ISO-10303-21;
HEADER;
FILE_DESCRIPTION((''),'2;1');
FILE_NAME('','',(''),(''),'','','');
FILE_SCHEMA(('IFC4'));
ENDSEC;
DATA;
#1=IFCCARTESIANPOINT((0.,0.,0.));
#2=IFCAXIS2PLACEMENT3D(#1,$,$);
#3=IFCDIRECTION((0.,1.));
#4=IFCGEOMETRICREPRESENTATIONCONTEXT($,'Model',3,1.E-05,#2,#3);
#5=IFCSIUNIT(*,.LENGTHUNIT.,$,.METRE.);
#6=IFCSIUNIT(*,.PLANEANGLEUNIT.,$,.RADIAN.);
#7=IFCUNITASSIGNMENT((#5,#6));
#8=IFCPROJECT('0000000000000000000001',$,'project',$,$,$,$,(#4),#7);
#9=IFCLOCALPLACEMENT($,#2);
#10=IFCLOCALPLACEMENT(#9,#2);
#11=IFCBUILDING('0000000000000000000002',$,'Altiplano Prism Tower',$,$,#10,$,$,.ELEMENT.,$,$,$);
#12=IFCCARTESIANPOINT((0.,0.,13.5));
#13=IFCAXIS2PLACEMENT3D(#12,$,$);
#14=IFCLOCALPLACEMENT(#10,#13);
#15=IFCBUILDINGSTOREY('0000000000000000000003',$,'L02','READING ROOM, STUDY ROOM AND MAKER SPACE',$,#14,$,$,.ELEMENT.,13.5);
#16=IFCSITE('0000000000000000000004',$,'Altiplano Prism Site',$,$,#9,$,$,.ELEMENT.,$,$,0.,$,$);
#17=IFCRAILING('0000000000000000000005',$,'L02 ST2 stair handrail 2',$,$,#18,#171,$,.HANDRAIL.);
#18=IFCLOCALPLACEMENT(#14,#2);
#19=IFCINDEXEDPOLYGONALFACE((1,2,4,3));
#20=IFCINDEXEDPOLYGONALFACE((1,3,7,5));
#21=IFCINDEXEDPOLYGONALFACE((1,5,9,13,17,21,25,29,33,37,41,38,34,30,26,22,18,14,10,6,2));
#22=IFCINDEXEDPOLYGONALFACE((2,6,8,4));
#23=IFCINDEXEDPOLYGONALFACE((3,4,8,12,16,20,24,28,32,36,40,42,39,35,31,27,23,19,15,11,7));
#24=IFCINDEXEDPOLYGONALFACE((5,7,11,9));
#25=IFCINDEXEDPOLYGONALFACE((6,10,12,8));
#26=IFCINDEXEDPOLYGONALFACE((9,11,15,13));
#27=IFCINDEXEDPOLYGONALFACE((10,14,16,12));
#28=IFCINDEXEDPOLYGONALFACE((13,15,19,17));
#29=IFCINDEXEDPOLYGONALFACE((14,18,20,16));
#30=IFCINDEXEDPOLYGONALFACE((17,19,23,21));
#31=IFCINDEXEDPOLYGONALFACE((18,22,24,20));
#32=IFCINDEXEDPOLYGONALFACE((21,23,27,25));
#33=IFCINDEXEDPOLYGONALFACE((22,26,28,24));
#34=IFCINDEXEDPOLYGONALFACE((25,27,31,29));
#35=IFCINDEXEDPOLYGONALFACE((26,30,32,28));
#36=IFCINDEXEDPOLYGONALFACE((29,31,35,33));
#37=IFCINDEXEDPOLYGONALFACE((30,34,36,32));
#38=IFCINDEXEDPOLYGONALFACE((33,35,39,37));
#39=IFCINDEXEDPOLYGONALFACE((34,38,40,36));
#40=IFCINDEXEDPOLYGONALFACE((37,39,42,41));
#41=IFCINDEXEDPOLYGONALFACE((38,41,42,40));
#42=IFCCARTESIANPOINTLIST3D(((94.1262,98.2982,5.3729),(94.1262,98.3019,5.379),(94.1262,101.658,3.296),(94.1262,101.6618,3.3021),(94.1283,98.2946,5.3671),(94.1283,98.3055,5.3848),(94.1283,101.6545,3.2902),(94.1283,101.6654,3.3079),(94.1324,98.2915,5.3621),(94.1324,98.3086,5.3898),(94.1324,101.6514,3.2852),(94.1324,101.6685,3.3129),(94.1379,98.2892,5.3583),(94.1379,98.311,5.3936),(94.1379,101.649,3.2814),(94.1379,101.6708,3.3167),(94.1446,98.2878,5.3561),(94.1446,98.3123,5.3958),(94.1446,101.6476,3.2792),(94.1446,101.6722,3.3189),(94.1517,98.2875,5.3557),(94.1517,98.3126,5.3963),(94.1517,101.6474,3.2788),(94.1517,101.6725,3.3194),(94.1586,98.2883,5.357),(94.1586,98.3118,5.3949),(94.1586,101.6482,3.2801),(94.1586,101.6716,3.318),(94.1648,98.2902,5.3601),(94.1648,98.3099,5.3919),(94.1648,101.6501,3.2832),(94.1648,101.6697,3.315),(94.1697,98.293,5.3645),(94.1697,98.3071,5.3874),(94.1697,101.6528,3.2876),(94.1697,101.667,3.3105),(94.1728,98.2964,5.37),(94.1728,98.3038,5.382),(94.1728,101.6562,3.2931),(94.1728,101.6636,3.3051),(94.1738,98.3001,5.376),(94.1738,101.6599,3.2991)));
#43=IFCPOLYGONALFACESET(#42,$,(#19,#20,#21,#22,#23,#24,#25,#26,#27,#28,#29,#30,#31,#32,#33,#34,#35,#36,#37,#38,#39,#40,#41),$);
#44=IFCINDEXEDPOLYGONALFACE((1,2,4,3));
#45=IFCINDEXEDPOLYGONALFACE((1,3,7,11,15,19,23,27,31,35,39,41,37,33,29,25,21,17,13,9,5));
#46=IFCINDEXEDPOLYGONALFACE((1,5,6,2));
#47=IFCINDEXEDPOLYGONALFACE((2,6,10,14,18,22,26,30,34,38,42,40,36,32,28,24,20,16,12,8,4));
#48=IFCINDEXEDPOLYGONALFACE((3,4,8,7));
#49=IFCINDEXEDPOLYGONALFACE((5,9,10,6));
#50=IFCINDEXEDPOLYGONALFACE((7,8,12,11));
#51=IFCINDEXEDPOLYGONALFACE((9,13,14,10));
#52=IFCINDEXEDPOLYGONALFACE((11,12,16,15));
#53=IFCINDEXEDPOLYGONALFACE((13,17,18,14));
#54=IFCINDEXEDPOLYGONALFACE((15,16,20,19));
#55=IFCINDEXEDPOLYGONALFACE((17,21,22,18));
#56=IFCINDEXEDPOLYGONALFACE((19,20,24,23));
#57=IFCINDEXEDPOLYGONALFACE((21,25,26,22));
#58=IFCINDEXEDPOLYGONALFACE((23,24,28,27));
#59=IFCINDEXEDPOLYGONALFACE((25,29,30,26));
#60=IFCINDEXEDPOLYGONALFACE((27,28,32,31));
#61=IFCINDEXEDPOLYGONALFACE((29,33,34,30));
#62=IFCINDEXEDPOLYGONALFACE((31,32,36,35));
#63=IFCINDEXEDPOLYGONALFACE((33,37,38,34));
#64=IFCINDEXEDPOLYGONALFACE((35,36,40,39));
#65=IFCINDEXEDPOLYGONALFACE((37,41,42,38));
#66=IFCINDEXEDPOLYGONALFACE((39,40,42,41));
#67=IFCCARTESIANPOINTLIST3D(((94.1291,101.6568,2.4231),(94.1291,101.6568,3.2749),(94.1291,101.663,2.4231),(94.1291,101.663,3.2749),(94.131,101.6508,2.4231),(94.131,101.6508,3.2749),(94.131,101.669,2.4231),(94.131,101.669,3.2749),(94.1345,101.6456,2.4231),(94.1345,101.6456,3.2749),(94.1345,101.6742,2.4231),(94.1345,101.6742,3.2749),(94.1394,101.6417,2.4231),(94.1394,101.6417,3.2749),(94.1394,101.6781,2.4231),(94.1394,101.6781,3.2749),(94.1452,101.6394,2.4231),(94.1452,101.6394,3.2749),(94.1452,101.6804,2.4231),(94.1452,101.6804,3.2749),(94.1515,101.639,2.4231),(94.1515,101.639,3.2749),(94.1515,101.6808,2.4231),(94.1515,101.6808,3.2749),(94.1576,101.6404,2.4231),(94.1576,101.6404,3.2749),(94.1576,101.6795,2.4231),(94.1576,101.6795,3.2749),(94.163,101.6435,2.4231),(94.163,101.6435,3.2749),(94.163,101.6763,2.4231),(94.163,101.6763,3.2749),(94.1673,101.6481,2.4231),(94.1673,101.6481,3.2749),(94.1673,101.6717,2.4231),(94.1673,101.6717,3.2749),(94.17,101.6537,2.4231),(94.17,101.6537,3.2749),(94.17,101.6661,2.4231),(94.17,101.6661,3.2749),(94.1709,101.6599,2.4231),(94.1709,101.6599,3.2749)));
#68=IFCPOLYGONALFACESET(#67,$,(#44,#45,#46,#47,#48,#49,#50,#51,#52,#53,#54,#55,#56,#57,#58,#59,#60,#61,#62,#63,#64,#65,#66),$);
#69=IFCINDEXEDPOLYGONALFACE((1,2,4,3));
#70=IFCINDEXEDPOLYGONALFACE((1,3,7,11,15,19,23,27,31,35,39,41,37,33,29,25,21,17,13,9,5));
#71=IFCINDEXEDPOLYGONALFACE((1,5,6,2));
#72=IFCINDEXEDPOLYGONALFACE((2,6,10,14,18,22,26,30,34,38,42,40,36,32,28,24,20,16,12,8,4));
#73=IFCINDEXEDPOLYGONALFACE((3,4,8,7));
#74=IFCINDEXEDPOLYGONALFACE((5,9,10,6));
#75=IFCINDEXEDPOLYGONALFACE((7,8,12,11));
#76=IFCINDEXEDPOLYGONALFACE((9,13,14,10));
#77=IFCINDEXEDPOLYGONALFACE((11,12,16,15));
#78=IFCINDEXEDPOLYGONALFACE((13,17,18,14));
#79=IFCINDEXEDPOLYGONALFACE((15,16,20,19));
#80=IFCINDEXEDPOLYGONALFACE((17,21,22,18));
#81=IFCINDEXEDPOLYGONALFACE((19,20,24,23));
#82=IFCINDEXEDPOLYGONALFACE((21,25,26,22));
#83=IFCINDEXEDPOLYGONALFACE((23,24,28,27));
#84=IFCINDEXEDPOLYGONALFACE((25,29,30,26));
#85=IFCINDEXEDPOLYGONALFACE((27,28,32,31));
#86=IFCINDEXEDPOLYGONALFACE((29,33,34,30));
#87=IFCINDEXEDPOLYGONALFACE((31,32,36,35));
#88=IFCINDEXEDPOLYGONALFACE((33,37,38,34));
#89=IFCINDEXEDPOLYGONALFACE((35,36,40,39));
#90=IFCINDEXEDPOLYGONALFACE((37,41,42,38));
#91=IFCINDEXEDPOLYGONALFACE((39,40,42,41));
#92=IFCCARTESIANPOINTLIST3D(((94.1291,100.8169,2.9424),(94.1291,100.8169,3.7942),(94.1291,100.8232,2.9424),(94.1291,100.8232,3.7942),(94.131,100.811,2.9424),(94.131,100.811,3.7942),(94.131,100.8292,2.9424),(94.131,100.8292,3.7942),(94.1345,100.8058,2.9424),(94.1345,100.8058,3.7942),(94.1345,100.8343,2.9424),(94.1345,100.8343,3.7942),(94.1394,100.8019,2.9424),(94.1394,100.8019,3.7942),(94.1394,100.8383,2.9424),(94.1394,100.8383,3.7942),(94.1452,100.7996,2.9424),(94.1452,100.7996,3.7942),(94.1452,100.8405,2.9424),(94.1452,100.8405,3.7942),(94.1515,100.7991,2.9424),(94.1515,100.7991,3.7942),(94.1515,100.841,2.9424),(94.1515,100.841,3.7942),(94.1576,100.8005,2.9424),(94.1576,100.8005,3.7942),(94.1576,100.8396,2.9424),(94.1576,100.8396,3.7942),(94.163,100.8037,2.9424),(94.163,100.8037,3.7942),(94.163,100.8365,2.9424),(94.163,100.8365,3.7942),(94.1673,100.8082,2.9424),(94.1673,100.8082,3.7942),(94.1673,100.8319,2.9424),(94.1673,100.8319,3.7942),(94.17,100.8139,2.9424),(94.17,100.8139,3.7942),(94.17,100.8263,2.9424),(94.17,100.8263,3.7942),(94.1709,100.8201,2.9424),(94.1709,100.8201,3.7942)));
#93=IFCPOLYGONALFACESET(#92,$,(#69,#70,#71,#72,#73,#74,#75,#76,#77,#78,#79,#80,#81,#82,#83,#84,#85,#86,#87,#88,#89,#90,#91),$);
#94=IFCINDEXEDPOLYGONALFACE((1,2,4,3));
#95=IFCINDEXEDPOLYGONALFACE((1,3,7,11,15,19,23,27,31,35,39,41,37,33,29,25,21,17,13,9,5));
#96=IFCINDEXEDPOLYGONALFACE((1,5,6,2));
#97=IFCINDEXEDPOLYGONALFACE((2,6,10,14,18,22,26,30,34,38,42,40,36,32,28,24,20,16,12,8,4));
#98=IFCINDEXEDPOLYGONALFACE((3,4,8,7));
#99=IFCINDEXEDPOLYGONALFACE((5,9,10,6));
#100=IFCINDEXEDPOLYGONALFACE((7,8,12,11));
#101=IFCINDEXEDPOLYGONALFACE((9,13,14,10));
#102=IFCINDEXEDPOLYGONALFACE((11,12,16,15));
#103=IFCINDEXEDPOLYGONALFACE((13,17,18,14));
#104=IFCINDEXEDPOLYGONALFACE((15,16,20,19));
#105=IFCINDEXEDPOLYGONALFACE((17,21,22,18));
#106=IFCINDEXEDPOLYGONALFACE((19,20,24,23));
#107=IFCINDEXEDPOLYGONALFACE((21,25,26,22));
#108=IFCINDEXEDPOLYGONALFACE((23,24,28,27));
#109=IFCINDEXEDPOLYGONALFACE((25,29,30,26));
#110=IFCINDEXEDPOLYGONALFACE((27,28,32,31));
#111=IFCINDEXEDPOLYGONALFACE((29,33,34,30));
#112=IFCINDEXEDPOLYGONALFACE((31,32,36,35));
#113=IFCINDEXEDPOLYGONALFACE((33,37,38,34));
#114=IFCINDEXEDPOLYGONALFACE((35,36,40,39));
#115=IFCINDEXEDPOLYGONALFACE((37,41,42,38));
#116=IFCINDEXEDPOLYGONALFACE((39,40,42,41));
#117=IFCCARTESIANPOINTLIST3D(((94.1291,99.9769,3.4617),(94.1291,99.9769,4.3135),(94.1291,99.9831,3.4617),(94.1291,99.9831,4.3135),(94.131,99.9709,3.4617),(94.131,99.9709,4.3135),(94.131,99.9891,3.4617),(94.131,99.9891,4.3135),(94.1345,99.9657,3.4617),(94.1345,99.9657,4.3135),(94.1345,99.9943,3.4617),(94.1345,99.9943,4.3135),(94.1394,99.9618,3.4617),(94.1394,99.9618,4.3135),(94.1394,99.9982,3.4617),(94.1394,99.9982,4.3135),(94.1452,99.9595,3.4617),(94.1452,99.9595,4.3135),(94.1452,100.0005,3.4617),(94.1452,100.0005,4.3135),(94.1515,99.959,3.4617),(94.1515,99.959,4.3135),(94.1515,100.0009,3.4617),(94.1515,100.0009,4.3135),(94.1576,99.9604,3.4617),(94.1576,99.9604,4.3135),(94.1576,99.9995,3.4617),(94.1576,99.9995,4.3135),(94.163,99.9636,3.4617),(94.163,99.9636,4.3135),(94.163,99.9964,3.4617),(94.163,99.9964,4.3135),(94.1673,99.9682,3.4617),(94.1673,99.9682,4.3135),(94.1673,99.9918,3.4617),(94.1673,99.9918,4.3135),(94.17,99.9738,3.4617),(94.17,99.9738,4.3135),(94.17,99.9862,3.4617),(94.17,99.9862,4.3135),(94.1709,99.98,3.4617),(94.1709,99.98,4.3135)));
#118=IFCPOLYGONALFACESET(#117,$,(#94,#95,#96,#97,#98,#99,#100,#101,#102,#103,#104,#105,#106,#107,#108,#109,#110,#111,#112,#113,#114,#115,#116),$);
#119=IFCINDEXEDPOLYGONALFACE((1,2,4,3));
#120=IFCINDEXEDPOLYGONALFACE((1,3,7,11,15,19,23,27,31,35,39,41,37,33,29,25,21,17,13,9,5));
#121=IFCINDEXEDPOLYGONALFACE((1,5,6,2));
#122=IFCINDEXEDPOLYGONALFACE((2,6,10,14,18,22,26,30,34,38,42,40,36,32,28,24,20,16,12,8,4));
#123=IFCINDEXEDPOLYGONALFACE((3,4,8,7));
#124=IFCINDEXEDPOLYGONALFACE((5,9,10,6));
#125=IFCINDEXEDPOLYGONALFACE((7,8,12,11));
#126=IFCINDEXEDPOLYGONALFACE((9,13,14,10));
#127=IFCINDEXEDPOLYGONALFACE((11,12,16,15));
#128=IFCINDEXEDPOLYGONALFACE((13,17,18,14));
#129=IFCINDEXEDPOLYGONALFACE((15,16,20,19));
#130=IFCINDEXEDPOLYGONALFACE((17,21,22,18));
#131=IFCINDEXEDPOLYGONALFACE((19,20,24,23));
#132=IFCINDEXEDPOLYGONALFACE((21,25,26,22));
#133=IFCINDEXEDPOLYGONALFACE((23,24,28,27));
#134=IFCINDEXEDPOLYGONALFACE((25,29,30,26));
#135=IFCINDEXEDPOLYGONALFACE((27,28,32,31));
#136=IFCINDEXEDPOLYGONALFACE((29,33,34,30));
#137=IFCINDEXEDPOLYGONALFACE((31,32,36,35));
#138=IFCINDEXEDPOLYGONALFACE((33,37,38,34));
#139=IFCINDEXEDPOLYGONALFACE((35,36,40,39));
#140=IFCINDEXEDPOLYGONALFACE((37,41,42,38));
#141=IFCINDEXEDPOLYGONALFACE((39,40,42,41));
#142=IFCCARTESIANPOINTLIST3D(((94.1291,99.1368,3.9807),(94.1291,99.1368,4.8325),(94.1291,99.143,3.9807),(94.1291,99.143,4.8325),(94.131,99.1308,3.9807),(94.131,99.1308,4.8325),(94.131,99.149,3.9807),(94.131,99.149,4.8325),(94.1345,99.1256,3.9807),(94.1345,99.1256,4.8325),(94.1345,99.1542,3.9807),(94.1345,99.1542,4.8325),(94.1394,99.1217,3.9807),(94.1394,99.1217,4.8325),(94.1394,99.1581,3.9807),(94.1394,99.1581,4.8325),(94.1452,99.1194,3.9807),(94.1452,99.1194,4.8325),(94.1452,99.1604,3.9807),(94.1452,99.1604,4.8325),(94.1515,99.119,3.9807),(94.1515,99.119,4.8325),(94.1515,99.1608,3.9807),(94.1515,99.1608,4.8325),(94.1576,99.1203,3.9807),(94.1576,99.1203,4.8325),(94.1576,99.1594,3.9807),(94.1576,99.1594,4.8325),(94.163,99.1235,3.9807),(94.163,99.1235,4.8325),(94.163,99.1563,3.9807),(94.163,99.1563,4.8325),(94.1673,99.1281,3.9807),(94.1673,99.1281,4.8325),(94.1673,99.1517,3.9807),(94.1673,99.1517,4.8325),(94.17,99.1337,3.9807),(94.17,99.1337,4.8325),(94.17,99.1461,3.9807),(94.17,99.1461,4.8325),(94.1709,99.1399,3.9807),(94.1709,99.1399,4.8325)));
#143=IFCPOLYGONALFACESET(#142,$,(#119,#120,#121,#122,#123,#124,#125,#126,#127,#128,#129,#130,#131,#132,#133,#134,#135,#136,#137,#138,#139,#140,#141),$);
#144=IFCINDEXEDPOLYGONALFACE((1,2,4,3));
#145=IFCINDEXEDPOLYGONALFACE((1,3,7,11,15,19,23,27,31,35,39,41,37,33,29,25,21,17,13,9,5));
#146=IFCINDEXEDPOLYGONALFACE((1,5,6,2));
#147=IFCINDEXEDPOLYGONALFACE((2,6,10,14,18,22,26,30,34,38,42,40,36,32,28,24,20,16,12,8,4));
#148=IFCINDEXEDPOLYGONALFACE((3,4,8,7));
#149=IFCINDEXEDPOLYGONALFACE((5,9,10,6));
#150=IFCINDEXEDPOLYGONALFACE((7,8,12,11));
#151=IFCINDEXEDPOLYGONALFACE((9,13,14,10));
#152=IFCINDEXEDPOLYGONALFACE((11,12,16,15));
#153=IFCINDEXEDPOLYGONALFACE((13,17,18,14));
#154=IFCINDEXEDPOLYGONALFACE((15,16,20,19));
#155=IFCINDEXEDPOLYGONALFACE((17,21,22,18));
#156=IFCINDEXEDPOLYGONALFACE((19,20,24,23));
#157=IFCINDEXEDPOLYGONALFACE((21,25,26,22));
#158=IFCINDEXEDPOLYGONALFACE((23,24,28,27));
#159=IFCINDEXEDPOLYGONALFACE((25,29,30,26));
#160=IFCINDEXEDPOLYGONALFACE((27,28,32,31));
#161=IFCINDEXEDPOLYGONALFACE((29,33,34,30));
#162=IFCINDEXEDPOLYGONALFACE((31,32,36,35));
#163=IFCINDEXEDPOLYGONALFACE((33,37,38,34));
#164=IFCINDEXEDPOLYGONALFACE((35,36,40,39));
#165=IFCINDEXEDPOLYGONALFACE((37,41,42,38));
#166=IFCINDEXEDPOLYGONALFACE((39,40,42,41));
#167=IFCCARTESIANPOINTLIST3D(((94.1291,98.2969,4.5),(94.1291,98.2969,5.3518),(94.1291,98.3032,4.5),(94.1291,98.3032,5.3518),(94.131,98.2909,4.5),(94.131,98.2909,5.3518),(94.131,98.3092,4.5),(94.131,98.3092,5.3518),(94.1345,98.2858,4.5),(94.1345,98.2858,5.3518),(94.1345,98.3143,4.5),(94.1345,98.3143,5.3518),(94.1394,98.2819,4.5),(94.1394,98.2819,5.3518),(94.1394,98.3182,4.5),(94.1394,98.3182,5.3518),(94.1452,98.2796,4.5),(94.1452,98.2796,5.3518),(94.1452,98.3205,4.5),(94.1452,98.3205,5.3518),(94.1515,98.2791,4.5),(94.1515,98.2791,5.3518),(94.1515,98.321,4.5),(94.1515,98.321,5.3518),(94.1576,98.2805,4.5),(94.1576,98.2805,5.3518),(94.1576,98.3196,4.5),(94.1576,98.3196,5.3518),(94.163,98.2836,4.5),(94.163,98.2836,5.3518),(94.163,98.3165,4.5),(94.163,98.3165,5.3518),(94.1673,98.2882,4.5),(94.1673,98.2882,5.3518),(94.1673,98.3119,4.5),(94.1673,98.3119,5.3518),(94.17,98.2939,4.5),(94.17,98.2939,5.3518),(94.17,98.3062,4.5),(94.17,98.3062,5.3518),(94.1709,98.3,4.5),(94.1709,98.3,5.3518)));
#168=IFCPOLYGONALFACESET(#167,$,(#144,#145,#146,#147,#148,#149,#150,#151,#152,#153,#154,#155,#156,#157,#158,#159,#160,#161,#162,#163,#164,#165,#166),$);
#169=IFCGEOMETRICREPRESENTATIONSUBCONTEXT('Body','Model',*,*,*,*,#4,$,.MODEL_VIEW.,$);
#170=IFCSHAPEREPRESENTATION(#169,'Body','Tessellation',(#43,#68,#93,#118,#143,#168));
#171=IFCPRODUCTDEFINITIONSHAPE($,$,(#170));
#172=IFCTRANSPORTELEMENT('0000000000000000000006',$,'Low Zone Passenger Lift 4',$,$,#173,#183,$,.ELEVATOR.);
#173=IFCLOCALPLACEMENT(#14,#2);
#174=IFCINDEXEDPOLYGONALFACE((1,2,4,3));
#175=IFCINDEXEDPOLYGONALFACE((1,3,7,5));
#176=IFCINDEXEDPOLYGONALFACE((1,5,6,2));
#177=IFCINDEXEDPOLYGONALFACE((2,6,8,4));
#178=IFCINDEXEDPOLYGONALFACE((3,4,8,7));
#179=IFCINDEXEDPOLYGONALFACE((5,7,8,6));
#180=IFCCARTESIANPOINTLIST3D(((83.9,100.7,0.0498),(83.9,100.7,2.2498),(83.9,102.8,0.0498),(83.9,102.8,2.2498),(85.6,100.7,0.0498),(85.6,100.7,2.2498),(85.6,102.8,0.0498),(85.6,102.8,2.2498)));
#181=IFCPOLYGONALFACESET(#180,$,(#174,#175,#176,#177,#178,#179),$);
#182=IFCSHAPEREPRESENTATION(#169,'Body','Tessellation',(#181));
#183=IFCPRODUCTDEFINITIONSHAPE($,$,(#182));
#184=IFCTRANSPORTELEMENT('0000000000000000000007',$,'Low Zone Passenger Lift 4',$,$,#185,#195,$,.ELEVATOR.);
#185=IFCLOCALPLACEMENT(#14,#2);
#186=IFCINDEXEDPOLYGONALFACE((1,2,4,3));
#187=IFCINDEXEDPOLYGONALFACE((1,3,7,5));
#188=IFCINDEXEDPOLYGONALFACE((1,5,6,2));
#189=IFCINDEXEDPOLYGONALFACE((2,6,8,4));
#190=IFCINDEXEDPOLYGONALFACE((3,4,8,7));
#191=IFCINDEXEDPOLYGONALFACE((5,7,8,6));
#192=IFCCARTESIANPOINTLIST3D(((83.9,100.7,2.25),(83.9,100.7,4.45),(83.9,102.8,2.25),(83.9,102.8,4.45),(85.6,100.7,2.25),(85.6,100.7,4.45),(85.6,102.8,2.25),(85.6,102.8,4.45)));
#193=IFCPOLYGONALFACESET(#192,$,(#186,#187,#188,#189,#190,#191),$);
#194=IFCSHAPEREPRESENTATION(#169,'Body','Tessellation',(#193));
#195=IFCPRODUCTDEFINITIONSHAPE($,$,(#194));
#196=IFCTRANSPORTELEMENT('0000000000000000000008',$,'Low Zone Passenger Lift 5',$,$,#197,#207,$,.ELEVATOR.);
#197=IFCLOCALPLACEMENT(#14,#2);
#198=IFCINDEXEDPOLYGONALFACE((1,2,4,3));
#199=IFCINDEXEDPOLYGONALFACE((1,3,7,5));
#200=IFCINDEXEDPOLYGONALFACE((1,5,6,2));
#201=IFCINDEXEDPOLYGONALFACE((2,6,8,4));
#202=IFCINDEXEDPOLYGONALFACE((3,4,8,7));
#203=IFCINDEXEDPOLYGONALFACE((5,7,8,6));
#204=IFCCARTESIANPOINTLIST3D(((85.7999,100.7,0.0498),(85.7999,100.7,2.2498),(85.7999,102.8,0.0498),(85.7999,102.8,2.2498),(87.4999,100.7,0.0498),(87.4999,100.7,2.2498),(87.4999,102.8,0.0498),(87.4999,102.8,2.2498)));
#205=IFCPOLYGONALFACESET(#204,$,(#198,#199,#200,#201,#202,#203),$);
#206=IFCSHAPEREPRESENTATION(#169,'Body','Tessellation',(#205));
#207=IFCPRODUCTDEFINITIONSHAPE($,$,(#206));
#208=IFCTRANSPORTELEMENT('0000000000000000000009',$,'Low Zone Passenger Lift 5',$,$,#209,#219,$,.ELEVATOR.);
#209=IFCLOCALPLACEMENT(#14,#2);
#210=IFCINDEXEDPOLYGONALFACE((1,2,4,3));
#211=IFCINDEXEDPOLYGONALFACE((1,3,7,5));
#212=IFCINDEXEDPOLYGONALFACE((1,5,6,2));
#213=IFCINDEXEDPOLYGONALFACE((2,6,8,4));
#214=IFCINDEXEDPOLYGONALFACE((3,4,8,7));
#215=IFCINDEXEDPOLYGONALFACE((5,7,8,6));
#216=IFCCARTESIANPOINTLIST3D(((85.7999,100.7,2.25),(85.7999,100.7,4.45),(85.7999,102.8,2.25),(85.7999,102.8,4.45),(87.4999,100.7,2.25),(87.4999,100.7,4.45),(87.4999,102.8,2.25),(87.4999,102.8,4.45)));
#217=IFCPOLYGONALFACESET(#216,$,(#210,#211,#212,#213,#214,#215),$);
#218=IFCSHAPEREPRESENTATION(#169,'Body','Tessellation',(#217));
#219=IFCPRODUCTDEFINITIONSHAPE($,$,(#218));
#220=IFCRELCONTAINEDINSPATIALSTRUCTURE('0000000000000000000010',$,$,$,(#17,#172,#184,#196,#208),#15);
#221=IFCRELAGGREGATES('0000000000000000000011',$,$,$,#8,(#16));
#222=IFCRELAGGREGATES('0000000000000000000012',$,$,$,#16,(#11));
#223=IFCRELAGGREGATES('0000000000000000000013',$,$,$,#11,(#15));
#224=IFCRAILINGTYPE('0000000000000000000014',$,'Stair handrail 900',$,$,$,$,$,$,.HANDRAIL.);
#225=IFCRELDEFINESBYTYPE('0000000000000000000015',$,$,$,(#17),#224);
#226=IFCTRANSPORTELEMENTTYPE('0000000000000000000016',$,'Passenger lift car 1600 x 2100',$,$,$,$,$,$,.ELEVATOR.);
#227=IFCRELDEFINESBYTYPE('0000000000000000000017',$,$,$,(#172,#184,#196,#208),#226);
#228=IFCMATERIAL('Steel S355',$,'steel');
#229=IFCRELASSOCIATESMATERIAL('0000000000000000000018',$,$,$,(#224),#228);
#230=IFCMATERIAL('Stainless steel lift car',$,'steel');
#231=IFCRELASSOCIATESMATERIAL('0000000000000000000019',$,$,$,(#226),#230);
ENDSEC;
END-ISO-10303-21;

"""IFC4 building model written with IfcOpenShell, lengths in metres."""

from ifc_helpers import new_model, si_unit, direction, frame, origin, origin_2d, place, context, subcontext, project, spatial, rectangle, circle, extrude, material, type_object, element, save


model = new_model("IFC4")

# Units and contexts
model_context = context("Model", 3, precision=1e-05, world=origin(), true_north=direction((0.0, 1.0)))
body_context = subcontext(model_context, "Body", "Model", "MODEL_VIEW")
ifc_project = project(units=[si_unit("LENGTHUNIT", "METRE"), si_unit("PLANEANGLEUNIT", "RADIAN")], contexts=[model_context])

# Site, building, storey
site_placement = place(None, origin())
site = spatial("IfcSite", under=ifc_project, at=site_placement, Name="Altiplano Prism Site", CompositionType="ELEMENT", RefElevation=0.0)
building_placement = place(site_placement, origin())
building = spatial("IfcBuilding", under=site, at=building_placement, Name="Altiplano Prism Tower", CompositionType="ELEMENT")
storey_placement = place(building_placement, frame((0.0, 0.0, 13.5)))
storey = spatial("IfcBuildingStorey", under=building, at=storey_placement, Name="L02", Description="READING ROOM, STUDY ROOM AND MAKER SPACE", CompositionType="ELEMENT", Elevation=13.5)

# Railing
ifc_material_1 = material(Name="Steel S355", Category="steel")
railing_type_1 = type_object("IfcRailingType", Name="Stair handrail 900", PredefinedType="HANDRAIL", material=ifc_material_1)
railing_1_placement = place(storey_placement, frame((94.1499, 101.6599, 2.4231)))
element("IfcRailing", 1, at=railing_1_placement, inside=storey, type_object=railing_type_1, Name="L02 ST2 stair handrail 2", PredefinedType="HANDRAIL", context=body_context, shape_type="SweptSolid", body=[
    extrude(circle(Radius=0.0239, at=origin_2d()), frame((0.0, 0.0, 0.876), z_axis=(0.0, -0.850606, 0.525803), x_axis=(1.0, 0.0, 0.0)), (0.0, 0.0, 1.0), 3.95),
    extrude(circle(Radius=0.021, at=origin_2d()), origin(), (0.0, 0.0, 1.0), 0.8518),
    extrude(circle(Radius=0.021, at=origin_2d()), frame((0.0, -0.8398, 0.5193)), (0.0, 0.0, 1.0), 0.8518),
    extrude(circle(Radius=0.021, at=origin_2d()), frame((0.0, -1.6799, 1.0386)), (0.0, 0.0, 1.0), 0.8518),
    extrude(circle(Radius=0.021, at=origin_2d()), frame((0.0, -2.52, 1.5576)), (0.0, 0.0, 1.0), 0.8518),
    extrude(circle(Radius=0.021, at=origin_2d()), frame((0.0, -3.3599, 2.0769)), (0.0, 0.0, 1.0), 0.8518),
])

# Transport elements
ifc_material_2 = material(Name="Stainless steel lift car", Category="steel")
transport_element_type = type_object("IfcTransportElementType", Name="Passenger lift car 1600 x 2100", PredefinedType="ELEVATOR", material=ifc_material_2)
for number, where, z_axis, x_axis, name in (
    (2, (84.75, 101.75, 0.0498), (0.0, 0.0, 1.0), (1.0, 0.0, 0.0), "Low Zone Passenger Lift 4"),
    (3, (84.75, 101.75, 2.25), (0.0, 0.0, 1.0), (1.0, 0.0, 0.0), "Low Zone Passenger Lift 4"),
    (4, (86.6499, 101.75, 0.0498), (0.0, 0.0, 1.0), (1.0, 0.0, 0.0), "Low Zone Passenger Lift 5"),
    (5, (86.6499, 101.75, 2.25), (0.0, 0.0, 1.0), (1.0, 0.0, 0.0), "Low Zone Passenger Lift 5"),
):
    element("IfcTransportElement", number, at=place(storey_placement, frame(where, z_axis=z_axis, x_axis=x_axis)), inside=storey, type_object=transport_element_type, Name=name, PredefinedType="ELEVATOR", context=body_context, shape_type="SweptSolid", body=[
        extrude(rectangle(XDim=1.7, YDim=2.1001, at=origin_2d()), origin(), (0.0, 0.0, 1.0), 2.2),
    ])

save(model, "model.ifc")
